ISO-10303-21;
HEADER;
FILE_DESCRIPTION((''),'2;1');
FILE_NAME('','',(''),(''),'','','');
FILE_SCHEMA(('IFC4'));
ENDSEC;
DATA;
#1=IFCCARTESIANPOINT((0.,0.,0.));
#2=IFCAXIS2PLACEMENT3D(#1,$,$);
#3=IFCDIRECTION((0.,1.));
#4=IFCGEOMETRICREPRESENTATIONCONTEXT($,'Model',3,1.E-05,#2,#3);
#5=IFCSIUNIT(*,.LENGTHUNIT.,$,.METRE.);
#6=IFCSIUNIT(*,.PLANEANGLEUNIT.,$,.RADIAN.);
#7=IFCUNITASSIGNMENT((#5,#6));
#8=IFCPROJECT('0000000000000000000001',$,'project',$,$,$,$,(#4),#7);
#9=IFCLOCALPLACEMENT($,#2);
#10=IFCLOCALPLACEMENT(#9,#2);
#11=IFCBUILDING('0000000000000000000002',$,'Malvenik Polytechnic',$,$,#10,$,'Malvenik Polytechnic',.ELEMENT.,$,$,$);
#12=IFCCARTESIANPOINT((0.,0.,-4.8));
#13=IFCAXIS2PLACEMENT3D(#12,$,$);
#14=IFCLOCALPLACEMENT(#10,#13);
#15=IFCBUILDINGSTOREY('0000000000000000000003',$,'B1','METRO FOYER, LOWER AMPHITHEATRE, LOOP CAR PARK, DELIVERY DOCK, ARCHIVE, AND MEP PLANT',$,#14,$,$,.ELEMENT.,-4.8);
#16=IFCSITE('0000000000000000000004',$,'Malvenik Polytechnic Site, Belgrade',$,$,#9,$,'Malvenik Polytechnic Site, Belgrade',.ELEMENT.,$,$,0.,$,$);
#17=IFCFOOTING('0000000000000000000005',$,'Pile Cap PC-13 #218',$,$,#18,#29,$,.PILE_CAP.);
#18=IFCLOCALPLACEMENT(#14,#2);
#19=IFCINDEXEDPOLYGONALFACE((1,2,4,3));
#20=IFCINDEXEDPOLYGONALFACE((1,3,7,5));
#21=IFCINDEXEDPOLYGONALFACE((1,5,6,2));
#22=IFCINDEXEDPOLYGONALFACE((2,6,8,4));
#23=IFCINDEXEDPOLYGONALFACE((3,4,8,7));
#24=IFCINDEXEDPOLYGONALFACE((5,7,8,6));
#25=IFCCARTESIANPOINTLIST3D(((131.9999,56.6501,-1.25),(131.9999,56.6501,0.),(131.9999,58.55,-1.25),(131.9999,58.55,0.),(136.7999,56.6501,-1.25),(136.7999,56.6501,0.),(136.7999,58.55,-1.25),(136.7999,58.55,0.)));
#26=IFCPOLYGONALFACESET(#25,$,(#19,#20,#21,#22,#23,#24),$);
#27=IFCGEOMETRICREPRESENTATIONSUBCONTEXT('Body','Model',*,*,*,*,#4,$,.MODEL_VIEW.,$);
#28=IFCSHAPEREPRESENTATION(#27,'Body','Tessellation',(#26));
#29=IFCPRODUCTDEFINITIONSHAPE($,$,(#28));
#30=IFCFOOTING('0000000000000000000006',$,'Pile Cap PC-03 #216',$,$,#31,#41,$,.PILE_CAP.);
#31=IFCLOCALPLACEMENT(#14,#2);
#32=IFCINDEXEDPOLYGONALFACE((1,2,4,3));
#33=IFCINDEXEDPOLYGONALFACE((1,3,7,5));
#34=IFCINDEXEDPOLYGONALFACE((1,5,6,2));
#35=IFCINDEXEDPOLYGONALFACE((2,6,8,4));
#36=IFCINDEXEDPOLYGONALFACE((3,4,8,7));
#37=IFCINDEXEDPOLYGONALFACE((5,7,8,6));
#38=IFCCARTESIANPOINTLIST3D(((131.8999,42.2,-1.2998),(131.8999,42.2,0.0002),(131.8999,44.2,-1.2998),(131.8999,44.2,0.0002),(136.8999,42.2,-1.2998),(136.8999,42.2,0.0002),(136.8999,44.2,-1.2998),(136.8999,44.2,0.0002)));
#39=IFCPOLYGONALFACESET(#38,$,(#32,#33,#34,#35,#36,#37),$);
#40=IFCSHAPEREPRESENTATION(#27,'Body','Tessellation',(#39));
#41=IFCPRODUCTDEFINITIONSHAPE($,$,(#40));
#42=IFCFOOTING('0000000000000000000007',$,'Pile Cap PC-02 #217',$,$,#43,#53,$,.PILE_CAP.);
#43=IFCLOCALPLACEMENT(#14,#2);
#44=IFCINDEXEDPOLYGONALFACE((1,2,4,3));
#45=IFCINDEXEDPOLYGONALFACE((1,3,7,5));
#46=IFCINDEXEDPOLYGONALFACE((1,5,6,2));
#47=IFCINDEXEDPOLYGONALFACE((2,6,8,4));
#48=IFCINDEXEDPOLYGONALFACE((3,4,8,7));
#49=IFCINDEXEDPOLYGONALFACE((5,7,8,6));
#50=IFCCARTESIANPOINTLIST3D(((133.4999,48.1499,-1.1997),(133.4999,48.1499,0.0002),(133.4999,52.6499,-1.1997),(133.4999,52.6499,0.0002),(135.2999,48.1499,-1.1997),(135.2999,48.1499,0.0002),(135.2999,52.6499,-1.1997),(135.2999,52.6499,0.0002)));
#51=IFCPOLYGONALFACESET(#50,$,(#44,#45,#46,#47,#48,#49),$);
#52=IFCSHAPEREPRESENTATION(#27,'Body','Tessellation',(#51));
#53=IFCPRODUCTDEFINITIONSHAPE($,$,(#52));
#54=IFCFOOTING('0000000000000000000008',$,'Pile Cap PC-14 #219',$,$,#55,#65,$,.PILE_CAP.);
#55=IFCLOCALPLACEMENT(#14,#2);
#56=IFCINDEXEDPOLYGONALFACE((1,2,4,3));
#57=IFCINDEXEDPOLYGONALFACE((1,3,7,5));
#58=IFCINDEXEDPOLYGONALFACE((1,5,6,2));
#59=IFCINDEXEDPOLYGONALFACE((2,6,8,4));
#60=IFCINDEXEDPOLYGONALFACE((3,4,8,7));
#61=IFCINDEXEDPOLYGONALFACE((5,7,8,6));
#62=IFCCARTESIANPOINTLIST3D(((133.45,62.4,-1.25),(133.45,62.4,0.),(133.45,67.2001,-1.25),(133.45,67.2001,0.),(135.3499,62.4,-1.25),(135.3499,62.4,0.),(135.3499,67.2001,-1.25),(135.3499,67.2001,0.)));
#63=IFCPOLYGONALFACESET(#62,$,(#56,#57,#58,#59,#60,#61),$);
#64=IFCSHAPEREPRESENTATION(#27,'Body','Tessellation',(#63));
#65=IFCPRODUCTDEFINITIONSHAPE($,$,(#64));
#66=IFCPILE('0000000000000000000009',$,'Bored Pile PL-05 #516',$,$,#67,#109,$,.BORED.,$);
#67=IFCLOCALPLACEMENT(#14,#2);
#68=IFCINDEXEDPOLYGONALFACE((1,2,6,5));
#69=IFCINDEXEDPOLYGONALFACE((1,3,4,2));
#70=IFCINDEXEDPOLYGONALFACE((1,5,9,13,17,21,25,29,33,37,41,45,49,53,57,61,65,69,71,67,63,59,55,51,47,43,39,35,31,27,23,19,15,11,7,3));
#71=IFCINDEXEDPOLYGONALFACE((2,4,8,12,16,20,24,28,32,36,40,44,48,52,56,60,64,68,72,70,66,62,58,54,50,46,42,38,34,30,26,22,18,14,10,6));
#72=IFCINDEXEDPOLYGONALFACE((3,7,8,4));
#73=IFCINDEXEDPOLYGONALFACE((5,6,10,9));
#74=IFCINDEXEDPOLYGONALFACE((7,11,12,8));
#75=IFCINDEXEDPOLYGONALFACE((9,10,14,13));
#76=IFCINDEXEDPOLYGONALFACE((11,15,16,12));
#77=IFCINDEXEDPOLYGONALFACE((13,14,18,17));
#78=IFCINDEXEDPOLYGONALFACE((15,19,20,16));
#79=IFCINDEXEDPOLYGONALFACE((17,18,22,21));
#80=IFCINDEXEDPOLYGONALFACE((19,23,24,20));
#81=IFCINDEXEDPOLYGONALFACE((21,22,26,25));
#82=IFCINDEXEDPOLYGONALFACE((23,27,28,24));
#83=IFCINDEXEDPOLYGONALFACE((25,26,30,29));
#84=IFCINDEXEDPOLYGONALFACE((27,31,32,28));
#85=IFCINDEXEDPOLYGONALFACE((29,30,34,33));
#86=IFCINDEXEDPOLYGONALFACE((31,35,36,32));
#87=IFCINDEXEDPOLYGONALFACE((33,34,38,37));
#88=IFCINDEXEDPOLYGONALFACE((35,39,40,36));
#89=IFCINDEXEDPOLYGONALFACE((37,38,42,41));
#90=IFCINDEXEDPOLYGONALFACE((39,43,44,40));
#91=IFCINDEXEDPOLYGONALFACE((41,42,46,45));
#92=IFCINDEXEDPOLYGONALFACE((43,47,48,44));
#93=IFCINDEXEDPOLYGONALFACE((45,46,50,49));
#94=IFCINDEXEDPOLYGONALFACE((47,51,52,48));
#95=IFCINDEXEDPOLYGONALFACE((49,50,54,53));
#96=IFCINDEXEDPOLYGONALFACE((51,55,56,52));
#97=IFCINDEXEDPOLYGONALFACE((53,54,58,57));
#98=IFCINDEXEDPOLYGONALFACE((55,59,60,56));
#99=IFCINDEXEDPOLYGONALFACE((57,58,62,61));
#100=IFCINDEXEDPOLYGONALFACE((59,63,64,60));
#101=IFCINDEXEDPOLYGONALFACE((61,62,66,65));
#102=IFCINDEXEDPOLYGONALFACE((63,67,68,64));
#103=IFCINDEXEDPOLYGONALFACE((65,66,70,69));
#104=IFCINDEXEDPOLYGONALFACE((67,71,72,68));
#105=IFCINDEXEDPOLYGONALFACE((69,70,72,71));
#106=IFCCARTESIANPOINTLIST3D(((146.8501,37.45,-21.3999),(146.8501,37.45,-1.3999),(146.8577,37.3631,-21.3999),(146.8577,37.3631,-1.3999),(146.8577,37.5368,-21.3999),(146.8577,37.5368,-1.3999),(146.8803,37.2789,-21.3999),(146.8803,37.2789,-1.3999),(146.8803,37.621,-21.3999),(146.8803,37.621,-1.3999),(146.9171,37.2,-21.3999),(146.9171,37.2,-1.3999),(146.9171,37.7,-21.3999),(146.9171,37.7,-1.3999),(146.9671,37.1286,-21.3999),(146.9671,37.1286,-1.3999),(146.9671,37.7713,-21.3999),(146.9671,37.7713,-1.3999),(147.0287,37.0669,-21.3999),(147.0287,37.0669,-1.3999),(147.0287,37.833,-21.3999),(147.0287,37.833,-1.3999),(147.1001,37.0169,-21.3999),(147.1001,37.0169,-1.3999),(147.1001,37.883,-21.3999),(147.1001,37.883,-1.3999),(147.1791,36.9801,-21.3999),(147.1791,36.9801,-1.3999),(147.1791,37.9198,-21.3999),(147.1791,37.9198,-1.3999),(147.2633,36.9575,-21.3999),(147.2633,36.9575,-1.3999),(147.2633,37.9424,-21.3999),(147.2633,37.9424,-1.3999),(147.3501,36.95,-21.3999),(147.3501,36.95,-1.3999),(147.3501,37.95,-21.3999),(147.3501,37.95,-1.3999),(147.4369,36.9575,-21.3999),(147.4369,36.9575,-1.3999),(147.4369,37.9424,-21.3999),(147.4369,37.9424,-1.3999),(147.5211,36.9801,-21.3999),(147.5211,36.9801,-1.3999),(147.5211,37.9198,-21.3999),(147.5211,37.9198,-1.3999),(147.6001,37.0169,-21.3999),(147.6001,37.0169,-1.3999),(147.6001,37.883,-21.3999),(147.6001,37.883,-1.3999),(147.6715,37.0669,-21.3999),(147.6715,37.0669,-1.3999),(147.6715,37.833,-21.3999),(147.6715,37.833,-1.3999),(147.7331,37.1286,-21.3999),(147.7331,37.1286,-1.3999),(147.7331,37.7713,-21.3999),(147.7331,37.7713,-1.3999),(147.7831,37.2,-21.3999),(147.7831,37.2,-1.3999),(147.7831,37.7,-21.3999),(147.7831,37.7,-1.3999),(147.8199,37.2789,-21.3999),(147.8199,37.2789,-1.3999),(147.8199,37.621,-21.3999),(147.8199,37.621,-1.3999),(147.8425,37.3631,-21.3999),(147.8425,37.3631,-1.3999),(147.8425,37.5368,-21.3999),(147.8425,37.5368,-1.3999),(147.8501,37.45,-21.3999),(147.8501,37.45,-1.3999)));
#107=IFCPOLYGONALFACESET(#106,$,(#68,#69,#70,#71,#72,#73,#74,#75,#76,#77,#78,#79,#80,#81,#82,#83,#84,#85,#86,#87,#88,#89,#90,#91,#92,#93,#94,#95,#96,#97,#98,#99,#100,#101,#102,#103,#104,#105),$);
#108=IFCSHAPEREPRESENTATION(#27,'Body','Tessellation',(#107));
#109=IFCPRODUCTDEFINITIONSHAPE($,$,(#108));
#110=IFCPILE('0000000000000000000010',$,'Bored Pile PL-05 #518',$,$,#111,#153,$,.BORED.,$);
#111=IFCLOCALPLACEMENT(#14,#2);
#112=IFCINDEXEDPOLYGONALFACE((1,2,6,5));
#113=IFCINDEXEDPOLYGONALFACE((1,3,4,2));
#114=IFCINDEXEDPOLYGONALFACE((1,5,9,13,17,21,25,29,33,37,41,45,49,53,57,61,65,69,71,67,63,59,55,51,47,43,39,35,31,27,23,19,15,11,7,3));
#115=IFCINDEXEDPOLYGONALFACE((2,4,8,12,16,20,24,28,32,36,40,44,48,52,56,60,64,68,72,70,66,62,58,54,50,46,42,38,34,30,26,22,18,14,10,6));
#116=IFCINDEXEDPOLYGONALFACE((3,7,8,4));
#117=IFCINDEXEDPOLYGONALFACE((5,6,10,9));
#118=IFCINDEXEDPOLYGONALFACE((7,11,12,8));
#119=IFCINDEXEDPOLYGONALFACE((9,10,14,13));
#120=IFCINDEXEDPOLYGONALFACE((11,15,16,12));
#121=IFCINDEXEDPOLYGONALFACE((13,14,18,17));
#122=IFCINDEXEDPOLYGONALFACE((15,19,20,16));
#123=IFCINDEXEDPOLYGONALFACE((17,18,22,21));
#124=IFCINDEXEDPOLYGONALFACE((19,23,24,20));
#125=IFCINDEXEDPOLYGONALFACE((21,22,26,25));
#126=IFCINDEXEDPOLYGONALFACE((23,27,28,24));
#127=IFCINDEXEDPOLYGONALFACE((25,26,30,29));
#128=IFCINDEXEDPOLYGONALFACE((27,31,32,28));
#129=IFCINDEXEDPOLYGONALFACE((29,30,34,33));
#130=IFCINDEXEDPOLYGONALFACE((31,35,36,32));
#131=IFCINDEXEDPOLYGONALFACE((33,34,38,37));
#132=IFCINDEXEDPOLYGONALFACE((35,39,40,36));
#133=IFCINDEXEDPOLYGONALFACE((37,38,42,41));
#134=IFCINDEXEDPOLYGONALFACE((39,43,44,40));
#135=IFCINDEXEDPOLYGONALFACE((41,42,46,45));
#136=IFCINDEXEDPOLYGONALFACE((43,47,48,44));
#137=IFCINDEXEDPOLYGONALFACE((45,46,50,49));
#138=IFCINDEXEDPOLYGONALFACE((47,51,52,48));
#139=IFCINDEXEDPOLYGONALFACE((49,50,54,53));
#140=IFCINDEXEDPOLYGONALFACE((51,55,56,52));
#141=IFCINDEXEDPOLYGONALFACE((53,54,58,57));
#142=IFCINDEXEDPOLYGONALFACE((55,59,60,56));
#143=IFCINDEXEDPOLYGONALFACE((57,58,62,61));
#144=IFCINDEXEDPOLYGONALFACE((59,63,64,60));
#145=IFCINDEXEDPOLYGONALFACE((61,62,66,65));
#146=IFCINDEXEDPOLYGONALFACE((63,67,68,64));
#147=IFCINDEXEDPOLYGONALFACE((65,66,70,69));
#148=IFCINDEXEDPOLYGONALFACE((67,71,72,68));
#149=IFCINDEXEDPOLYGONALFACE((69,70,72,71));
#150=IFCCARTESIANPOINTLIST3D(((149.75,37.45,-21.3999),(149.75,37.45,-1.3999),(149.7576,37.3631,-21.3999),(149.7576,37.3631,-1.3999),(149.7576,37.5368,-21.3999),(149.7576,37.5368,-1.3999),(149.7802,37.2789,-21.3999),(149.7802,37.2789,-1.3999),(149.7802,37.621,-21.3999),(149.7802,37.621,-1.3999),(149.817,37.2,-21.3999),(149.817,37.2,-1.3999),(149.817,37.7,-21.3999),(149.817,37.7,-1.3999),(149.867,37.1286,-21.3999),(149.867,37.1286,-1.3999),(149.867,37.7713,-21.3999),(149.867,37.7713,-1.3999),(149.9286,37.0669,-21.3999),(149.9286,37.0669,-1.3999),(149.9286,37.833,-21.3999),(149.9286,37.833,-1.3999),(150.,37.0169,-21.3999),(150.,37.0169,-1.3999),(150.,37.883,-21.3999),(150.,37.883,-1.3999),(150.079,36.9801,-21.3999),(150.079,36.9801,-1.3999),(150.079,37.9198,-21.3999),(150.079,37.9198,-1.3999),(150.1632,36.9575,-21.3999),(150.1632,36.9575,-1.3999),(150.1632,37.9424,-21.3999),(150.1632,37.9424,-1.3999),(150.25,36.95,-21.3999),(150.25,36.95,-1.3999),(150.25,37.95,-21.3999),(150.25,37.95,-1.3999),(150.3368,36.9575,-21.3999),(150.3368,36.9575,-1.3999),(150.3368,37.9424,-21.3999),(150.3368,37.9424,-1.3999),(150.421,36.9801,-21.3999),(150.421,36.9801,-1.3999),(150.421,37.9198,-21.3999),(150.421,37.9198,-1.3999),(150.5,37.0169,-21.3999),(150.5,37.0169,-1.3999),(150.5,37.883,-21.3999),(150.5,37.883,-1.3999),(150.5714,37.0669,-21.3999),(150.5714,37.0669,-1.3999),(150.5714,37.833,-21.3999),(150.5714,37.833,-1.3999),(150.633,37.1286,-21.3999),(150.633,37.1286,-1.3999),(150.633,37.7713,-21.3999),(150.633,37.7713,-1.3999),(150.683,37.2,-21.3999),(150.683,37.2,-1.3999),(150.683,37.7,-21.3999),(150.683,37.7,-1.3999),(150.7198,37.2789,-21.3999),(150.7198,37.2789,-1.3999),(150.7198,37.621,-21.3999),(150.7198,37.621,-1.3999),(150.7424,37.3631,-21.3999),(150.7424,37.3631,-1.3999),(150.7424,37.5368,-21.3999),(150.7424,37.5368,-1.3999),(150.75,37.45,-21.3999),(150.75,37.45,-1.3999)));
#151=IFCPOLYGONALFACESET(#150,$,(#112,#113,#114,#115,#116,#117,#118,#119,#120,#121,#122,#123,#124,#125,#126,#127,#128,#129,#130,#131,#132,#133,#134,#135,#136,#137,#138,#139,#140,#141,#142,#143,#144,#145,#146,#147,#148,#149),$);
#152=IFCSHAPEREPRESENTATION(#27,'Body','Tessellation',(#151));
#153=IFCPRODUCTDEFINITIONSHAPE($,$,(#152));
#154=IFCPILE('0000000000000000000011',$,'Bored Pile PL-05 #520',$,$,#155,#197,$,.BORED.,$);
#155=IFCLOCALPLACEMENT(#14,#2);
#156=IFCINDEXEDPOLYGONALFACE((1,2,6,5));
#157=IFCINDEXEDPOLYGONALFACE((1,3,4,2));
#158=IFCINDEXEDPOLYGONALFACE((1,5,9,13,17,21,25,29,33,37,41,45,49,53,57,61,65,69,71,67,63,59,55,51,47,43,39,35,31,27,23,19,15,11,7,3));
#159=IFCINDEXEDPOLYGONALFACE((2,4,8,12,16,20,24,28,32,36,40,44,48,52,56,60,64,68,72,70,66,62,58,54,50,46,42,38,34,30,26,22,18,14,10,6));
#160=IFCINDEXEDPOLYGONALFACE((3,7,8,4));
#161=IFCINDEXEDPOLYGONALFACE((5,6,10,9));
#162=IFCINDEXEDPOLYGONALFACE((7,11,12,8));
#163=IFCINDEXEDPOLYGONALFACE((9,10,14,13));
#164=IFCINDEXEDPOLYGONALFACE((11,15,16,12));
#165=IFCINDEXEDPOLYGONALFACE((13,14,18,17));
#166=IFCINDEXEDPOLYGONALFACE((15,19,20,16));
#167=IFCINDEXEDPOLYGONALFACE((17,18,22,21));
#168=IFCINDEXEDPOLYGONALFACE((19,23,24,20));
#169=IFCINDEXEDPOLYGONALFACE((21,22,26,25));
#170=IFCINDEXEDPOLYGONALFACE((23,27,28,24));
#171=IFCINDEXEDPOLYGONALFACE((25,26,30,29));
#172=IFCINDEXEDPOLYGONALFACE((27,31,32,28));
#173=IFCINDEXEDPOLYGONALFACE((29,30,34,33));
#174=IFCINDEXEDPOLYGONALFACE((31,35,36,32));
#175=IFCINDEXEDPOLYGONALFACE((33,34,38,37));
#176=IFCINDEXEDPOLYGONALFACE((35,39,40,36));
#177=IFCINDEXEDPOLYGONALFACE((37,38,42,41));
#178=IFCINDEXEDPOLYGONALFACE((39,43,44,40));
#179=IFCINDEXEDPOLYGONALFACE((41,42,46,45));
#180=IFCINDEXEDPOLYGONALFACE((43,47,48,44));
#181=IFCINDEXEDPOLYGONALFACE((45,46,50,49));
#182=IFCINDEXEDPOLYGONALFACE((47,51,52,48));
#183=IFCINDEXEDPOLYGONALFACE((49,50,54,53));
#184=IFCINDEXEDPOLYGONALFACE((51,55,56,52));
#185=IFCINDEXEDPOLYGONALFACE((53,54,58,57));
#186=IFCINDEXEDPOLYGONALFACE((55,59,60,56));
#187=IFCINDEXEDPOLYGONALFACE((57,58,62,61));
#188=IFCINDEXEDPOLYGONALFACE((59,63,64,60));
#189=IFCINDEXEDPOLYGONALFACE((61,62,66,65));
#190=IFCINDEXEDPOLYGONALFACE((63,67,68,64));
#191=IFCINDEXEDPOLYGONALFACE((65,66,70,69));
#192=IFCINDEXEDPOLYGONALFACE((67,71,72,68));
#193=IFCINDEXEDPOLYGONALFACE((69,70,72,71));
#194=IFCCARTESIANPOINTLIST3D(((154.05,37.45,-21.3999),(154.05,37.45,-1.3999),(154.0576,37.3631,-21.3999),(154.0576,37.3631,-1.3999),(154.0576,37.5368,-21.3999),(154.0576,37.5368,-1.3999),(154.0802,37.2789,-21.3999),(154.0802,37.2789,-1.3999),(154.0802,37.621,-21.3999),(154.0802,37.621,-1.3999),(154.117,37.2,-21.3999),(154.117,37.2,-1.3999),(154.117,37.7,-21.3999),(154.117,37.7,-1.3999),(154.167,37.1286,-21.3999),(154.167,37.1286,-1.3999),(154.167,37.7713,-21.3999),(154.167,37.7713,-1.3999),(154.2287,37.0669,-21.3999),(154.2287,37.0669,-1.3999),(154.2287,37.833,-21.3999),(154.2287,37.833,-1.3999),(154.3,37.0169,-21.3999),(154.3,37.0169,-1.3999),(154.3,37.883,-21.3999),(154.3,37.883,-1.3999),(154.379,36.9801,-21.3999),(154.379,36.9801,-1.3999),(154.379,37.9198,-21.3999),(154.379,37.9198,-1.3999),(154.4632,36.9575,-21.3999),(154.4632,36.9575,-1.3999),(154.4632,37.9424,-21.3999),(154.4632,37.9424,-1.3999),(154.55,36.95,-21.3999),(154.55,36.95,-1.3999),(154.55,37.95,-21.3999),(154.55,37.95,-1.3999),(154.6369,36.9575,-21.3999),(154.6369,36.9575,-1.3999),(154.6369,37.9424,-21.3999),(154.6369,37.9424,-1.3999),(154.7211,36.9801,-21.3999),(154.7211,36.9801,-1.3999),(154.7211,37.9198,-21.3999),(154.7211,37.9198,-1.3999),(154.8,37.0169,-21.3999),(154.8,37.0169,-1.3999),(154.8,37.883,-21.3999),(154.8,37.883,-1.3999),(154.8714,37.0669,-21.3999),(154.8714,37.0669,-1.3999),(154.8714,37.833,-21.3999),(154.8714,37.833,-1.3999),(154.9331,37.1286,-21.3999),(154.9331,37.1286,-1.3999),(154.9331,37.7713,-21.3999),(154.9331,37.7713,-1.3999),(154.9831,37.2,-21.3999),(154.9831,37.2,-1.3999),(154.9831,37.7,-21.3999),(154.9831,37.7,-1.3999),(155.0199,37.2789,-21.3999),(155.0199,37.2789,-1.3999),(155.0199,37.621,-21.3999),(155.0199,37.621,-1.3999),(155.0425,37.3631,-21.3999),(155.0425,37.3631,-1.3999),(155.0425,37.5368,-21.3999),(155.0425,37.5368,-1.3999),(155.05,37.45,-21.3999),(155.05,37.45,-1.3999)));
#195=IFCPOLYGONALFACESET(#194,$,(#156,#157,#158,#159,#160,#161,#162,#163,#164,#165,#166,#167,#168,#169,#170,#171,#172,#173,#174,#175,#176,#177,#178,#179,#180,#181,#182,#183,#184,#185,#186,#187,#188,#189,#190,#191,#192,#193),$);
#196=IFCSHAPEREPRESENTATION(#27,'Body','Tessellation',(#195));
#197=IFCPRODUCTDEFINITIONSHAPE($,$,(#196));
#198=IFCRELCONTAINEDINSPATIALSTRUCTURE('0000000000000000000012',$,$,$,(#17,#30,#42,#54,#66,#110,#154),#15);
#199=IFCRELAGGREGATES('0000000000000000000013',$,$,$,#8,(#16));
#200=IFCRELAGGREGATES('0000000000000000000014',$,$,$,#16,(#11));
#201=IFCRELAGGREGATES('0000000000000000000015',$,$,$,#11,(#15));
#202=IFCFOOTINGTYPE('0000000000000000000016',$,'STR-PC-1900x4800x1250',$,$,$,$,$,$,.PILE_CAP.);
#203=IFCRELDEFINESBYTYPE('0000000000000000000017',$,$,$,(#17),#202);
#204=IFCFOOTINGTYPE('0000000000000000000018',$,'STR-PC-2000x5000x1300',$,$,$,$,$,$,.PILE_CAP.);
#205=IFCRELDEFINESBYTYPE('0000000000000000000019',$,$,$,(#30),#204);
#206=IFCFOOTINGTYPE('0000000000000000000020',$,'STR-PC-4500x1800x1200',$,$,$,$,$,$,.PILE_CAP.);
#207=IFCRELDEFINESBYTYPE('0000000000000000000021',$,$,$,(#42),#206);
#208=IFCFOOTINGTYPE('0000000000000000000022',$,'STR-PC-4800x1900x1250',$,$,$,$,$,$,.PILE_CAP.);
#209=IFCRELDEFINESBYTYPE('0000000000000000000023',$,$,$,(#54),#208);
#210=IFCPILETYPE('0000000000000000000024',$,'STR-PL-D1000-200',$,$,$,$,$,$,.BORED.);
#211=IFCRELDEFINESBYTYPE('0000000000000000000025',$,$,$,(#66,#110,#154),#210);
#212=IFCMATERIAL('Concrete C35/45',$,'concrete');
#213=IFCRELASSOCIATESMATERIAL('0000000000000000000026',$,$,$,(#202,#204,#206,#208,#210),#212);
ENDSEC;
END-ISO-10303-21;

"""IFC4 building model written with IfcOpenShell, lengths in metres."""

from ifc_helpers import new_model, si_unit, direction, frame, origin, origin_2d, place, context, subcontext, project, spatial, rectangle, circle, extrude, material, material_profile, profile_set, type_object, element, save


model = new_model("IFC4")

# Units and contexts
model_context = context("Model", 3, precision=1e-05, world=origin(), true_north=direction((0.0, 1.0)))
body_context = subcontext(model_context, "Body", "Model", "MODEL_VIEW")
ifc_project = project(units=[si_unit("LENGTHUNIT", "METRE"), si_unit("PLANEANGLEUNIT", "RADIAN")], contexts=[model_context])

# Site, building, storey
site_placement = place(None, origin())
site = spatial("IfcSite", under=ifc_project, at=site_placement, Name="Malvenik Polytechnic Site, Belgrade", LongName="Malvenik Polytechnic Site, Belgrade", CompositionType="ELEMENT", RefElevation=0.0)
building_placement = place(site_placement, origin())
building = spatial("IfcBuilding", under=site, at=building_placement, Name="Malvenik Polytechnic", LongName="Malvenik Polytechnic", CompositionType="ELEMENT")
storey_placement = place(building_placement, frame((0.0, 0.0, -4.8)))
storey = spatial("IfcBuildingStorey", under=building, at=storey_placement, Name="B1", Description="METRO FOYER, LOWER AMPHITHEATRE, LOOP CAR PARK, DELIVERY DOCK, ARCHIVE, AND MEP PLANT", CompositionType="ELEMENT", Elevation=-4.8)

# Footings
ifc_material = material(Name="Concrete C35/45", Category="concrete")
footing_type_1 = type_object("IfcFootingType", Name="STR-PC-1900x4800x1250", PredefinedType="PILE_CAP", material=ifc_material)
footing_1_placement = place(storey_placement, frame((134.3999, 57.6001, -1.25), z_axis=(0.0, 0.0, 1.0), x_axis=(1.0, 0.0, 0.0)))
element("IfcFooting", 1, at=footing_1_placement, inside=storey, type_object=footing_type_1, Name="Pile Cap PC-13 #218", PredefinedType="PILE_CAP", context=body_context, shape_type="SweptSolid", body=[
    extrude(rectangle(XDim=4.8, YDim=1.8999, at=origin_2d()), origin(), (0.0, 0.0, 1.0), 1.25),
])
footing_type_2 = type_object("IfcFootingType", Name="STR-PC-2000x5000x1300", PredefinedType="PILE_CAP", material=ifc_material)
footing_2_placement = place(storey_placement, frame((134.3999, 43.2, -1.2998), z_axis=(0.0, 0.0, 1.0), x_axis=(1.0, 0.0, 0.0)))
element("IfcFooting", 2, at=footing_2_placement, inside=storey, type_object=footing_type_2, Name="Pile Cap PC-03 #216", PredefinedType="PILE_CAP", context=body_context, shape_type="SweptSolid", body=[
    extrude(rectangle(XDim=5.0, YDim=2.0, at=origin_2d()), origin(), (0.0, 0.0, 1.0), 1.3),
])
footing_type_3 = type_object("IfcFootingType", Name="STR-PC-4500x1800x1200", PredefinedType="PILE_CAP", material=ifc_material)
footing_3_placement = place(storey_placement, frame((134.3999, 50.3999, -1.1997), z_axis=(0.0, 0.0, 1.0), x_axis=(1.0, 0.0, 0.0)))
element("IfcFooting", 3, at=footing_3_placement, inside=storey, type_object=footing_type_3, Name="Pile Cap PC-02 #217", PredefinedType="PILE_CAP", context=body_context, shape_type="SweptSolid", body=[
    extrude(rectangle(XDim=1.8, YDim=4.5, at=origin_2d()), origin(), (0.0, 0.0, 1.0), 1.2),
])
footing_type_4 = type_object("IfcFootingType", Name="STR-PC-4800x1900x1250", PredefinedType="PILE_CAP", material=ifc_material)
footing_4_placement = place(storey_placement, frame((134.3999, 64.8, -1.25), z_axis=(0.0, 0.0, 1.0), x_axis=(1.0, 0.0, 0.0)))
element("IfcFooting", 4, at=footing_4_placement, inside=storey, type_object=footing_type_4, Name="Pile Cap PC-14 #219", PredefinedType="PILE_CAP", context=body_context, shape_type="SweptSolid", body=[
    extrude(rectangle(XDim=1.8999, YDim=4.8, at=origin_2d()), origin(), (0.0, 0.0, 1.0), 1.25),
])

# Piles
ifc_material_profile_1 = material_profile(ifc_material, circle(Radius=0.5, at=origin_2d()), Name="BORED PILE D1000")
ifc_profile_set_1 = profile_set([ifc_material_profile_1], Name="Concrete C35/45")
pile_type_1 = type_object("IfcPileType", Name="STR-PL-D1000-200", PredefinedType="BORED", material=ifc_profile_set_1)
for number, where, z_axis, x_axis, name in (
    (5, (147.3501, 37.45, -1.3999), (0.0, 0.0, -1.0), (1.0, 0.0, 0.0), "Bored Pile PL-05 #516"),
    (6, (150.25, 37.45, -1.3999), (0.0, 0.0, -1.0), (1.0, 0.0, 0.0), "Bored Pile PL-05 #518"),
    (7, (154.55, 37.45, -1.3999), (0.0, 0.0, -1.0), (1.0, 0.0, 0.0), "Bored Pile PL-05 #520"),
):
    element("IfcPile", number, at=place(storey_placement, frame(where, z_axis=z_axis, x_axis=x_axis)), inside=storey, type_object=pile_type_1, Name=name, PredefinedType="BORED", context=body_context, shape_type="SweptSolid", body=[
        extrude(circle(Radius=0.5, at=origin_2d()), origin(), (0.0, 0.0, 1.0), 20.0),
    ])

save(model, "model.ifc")
